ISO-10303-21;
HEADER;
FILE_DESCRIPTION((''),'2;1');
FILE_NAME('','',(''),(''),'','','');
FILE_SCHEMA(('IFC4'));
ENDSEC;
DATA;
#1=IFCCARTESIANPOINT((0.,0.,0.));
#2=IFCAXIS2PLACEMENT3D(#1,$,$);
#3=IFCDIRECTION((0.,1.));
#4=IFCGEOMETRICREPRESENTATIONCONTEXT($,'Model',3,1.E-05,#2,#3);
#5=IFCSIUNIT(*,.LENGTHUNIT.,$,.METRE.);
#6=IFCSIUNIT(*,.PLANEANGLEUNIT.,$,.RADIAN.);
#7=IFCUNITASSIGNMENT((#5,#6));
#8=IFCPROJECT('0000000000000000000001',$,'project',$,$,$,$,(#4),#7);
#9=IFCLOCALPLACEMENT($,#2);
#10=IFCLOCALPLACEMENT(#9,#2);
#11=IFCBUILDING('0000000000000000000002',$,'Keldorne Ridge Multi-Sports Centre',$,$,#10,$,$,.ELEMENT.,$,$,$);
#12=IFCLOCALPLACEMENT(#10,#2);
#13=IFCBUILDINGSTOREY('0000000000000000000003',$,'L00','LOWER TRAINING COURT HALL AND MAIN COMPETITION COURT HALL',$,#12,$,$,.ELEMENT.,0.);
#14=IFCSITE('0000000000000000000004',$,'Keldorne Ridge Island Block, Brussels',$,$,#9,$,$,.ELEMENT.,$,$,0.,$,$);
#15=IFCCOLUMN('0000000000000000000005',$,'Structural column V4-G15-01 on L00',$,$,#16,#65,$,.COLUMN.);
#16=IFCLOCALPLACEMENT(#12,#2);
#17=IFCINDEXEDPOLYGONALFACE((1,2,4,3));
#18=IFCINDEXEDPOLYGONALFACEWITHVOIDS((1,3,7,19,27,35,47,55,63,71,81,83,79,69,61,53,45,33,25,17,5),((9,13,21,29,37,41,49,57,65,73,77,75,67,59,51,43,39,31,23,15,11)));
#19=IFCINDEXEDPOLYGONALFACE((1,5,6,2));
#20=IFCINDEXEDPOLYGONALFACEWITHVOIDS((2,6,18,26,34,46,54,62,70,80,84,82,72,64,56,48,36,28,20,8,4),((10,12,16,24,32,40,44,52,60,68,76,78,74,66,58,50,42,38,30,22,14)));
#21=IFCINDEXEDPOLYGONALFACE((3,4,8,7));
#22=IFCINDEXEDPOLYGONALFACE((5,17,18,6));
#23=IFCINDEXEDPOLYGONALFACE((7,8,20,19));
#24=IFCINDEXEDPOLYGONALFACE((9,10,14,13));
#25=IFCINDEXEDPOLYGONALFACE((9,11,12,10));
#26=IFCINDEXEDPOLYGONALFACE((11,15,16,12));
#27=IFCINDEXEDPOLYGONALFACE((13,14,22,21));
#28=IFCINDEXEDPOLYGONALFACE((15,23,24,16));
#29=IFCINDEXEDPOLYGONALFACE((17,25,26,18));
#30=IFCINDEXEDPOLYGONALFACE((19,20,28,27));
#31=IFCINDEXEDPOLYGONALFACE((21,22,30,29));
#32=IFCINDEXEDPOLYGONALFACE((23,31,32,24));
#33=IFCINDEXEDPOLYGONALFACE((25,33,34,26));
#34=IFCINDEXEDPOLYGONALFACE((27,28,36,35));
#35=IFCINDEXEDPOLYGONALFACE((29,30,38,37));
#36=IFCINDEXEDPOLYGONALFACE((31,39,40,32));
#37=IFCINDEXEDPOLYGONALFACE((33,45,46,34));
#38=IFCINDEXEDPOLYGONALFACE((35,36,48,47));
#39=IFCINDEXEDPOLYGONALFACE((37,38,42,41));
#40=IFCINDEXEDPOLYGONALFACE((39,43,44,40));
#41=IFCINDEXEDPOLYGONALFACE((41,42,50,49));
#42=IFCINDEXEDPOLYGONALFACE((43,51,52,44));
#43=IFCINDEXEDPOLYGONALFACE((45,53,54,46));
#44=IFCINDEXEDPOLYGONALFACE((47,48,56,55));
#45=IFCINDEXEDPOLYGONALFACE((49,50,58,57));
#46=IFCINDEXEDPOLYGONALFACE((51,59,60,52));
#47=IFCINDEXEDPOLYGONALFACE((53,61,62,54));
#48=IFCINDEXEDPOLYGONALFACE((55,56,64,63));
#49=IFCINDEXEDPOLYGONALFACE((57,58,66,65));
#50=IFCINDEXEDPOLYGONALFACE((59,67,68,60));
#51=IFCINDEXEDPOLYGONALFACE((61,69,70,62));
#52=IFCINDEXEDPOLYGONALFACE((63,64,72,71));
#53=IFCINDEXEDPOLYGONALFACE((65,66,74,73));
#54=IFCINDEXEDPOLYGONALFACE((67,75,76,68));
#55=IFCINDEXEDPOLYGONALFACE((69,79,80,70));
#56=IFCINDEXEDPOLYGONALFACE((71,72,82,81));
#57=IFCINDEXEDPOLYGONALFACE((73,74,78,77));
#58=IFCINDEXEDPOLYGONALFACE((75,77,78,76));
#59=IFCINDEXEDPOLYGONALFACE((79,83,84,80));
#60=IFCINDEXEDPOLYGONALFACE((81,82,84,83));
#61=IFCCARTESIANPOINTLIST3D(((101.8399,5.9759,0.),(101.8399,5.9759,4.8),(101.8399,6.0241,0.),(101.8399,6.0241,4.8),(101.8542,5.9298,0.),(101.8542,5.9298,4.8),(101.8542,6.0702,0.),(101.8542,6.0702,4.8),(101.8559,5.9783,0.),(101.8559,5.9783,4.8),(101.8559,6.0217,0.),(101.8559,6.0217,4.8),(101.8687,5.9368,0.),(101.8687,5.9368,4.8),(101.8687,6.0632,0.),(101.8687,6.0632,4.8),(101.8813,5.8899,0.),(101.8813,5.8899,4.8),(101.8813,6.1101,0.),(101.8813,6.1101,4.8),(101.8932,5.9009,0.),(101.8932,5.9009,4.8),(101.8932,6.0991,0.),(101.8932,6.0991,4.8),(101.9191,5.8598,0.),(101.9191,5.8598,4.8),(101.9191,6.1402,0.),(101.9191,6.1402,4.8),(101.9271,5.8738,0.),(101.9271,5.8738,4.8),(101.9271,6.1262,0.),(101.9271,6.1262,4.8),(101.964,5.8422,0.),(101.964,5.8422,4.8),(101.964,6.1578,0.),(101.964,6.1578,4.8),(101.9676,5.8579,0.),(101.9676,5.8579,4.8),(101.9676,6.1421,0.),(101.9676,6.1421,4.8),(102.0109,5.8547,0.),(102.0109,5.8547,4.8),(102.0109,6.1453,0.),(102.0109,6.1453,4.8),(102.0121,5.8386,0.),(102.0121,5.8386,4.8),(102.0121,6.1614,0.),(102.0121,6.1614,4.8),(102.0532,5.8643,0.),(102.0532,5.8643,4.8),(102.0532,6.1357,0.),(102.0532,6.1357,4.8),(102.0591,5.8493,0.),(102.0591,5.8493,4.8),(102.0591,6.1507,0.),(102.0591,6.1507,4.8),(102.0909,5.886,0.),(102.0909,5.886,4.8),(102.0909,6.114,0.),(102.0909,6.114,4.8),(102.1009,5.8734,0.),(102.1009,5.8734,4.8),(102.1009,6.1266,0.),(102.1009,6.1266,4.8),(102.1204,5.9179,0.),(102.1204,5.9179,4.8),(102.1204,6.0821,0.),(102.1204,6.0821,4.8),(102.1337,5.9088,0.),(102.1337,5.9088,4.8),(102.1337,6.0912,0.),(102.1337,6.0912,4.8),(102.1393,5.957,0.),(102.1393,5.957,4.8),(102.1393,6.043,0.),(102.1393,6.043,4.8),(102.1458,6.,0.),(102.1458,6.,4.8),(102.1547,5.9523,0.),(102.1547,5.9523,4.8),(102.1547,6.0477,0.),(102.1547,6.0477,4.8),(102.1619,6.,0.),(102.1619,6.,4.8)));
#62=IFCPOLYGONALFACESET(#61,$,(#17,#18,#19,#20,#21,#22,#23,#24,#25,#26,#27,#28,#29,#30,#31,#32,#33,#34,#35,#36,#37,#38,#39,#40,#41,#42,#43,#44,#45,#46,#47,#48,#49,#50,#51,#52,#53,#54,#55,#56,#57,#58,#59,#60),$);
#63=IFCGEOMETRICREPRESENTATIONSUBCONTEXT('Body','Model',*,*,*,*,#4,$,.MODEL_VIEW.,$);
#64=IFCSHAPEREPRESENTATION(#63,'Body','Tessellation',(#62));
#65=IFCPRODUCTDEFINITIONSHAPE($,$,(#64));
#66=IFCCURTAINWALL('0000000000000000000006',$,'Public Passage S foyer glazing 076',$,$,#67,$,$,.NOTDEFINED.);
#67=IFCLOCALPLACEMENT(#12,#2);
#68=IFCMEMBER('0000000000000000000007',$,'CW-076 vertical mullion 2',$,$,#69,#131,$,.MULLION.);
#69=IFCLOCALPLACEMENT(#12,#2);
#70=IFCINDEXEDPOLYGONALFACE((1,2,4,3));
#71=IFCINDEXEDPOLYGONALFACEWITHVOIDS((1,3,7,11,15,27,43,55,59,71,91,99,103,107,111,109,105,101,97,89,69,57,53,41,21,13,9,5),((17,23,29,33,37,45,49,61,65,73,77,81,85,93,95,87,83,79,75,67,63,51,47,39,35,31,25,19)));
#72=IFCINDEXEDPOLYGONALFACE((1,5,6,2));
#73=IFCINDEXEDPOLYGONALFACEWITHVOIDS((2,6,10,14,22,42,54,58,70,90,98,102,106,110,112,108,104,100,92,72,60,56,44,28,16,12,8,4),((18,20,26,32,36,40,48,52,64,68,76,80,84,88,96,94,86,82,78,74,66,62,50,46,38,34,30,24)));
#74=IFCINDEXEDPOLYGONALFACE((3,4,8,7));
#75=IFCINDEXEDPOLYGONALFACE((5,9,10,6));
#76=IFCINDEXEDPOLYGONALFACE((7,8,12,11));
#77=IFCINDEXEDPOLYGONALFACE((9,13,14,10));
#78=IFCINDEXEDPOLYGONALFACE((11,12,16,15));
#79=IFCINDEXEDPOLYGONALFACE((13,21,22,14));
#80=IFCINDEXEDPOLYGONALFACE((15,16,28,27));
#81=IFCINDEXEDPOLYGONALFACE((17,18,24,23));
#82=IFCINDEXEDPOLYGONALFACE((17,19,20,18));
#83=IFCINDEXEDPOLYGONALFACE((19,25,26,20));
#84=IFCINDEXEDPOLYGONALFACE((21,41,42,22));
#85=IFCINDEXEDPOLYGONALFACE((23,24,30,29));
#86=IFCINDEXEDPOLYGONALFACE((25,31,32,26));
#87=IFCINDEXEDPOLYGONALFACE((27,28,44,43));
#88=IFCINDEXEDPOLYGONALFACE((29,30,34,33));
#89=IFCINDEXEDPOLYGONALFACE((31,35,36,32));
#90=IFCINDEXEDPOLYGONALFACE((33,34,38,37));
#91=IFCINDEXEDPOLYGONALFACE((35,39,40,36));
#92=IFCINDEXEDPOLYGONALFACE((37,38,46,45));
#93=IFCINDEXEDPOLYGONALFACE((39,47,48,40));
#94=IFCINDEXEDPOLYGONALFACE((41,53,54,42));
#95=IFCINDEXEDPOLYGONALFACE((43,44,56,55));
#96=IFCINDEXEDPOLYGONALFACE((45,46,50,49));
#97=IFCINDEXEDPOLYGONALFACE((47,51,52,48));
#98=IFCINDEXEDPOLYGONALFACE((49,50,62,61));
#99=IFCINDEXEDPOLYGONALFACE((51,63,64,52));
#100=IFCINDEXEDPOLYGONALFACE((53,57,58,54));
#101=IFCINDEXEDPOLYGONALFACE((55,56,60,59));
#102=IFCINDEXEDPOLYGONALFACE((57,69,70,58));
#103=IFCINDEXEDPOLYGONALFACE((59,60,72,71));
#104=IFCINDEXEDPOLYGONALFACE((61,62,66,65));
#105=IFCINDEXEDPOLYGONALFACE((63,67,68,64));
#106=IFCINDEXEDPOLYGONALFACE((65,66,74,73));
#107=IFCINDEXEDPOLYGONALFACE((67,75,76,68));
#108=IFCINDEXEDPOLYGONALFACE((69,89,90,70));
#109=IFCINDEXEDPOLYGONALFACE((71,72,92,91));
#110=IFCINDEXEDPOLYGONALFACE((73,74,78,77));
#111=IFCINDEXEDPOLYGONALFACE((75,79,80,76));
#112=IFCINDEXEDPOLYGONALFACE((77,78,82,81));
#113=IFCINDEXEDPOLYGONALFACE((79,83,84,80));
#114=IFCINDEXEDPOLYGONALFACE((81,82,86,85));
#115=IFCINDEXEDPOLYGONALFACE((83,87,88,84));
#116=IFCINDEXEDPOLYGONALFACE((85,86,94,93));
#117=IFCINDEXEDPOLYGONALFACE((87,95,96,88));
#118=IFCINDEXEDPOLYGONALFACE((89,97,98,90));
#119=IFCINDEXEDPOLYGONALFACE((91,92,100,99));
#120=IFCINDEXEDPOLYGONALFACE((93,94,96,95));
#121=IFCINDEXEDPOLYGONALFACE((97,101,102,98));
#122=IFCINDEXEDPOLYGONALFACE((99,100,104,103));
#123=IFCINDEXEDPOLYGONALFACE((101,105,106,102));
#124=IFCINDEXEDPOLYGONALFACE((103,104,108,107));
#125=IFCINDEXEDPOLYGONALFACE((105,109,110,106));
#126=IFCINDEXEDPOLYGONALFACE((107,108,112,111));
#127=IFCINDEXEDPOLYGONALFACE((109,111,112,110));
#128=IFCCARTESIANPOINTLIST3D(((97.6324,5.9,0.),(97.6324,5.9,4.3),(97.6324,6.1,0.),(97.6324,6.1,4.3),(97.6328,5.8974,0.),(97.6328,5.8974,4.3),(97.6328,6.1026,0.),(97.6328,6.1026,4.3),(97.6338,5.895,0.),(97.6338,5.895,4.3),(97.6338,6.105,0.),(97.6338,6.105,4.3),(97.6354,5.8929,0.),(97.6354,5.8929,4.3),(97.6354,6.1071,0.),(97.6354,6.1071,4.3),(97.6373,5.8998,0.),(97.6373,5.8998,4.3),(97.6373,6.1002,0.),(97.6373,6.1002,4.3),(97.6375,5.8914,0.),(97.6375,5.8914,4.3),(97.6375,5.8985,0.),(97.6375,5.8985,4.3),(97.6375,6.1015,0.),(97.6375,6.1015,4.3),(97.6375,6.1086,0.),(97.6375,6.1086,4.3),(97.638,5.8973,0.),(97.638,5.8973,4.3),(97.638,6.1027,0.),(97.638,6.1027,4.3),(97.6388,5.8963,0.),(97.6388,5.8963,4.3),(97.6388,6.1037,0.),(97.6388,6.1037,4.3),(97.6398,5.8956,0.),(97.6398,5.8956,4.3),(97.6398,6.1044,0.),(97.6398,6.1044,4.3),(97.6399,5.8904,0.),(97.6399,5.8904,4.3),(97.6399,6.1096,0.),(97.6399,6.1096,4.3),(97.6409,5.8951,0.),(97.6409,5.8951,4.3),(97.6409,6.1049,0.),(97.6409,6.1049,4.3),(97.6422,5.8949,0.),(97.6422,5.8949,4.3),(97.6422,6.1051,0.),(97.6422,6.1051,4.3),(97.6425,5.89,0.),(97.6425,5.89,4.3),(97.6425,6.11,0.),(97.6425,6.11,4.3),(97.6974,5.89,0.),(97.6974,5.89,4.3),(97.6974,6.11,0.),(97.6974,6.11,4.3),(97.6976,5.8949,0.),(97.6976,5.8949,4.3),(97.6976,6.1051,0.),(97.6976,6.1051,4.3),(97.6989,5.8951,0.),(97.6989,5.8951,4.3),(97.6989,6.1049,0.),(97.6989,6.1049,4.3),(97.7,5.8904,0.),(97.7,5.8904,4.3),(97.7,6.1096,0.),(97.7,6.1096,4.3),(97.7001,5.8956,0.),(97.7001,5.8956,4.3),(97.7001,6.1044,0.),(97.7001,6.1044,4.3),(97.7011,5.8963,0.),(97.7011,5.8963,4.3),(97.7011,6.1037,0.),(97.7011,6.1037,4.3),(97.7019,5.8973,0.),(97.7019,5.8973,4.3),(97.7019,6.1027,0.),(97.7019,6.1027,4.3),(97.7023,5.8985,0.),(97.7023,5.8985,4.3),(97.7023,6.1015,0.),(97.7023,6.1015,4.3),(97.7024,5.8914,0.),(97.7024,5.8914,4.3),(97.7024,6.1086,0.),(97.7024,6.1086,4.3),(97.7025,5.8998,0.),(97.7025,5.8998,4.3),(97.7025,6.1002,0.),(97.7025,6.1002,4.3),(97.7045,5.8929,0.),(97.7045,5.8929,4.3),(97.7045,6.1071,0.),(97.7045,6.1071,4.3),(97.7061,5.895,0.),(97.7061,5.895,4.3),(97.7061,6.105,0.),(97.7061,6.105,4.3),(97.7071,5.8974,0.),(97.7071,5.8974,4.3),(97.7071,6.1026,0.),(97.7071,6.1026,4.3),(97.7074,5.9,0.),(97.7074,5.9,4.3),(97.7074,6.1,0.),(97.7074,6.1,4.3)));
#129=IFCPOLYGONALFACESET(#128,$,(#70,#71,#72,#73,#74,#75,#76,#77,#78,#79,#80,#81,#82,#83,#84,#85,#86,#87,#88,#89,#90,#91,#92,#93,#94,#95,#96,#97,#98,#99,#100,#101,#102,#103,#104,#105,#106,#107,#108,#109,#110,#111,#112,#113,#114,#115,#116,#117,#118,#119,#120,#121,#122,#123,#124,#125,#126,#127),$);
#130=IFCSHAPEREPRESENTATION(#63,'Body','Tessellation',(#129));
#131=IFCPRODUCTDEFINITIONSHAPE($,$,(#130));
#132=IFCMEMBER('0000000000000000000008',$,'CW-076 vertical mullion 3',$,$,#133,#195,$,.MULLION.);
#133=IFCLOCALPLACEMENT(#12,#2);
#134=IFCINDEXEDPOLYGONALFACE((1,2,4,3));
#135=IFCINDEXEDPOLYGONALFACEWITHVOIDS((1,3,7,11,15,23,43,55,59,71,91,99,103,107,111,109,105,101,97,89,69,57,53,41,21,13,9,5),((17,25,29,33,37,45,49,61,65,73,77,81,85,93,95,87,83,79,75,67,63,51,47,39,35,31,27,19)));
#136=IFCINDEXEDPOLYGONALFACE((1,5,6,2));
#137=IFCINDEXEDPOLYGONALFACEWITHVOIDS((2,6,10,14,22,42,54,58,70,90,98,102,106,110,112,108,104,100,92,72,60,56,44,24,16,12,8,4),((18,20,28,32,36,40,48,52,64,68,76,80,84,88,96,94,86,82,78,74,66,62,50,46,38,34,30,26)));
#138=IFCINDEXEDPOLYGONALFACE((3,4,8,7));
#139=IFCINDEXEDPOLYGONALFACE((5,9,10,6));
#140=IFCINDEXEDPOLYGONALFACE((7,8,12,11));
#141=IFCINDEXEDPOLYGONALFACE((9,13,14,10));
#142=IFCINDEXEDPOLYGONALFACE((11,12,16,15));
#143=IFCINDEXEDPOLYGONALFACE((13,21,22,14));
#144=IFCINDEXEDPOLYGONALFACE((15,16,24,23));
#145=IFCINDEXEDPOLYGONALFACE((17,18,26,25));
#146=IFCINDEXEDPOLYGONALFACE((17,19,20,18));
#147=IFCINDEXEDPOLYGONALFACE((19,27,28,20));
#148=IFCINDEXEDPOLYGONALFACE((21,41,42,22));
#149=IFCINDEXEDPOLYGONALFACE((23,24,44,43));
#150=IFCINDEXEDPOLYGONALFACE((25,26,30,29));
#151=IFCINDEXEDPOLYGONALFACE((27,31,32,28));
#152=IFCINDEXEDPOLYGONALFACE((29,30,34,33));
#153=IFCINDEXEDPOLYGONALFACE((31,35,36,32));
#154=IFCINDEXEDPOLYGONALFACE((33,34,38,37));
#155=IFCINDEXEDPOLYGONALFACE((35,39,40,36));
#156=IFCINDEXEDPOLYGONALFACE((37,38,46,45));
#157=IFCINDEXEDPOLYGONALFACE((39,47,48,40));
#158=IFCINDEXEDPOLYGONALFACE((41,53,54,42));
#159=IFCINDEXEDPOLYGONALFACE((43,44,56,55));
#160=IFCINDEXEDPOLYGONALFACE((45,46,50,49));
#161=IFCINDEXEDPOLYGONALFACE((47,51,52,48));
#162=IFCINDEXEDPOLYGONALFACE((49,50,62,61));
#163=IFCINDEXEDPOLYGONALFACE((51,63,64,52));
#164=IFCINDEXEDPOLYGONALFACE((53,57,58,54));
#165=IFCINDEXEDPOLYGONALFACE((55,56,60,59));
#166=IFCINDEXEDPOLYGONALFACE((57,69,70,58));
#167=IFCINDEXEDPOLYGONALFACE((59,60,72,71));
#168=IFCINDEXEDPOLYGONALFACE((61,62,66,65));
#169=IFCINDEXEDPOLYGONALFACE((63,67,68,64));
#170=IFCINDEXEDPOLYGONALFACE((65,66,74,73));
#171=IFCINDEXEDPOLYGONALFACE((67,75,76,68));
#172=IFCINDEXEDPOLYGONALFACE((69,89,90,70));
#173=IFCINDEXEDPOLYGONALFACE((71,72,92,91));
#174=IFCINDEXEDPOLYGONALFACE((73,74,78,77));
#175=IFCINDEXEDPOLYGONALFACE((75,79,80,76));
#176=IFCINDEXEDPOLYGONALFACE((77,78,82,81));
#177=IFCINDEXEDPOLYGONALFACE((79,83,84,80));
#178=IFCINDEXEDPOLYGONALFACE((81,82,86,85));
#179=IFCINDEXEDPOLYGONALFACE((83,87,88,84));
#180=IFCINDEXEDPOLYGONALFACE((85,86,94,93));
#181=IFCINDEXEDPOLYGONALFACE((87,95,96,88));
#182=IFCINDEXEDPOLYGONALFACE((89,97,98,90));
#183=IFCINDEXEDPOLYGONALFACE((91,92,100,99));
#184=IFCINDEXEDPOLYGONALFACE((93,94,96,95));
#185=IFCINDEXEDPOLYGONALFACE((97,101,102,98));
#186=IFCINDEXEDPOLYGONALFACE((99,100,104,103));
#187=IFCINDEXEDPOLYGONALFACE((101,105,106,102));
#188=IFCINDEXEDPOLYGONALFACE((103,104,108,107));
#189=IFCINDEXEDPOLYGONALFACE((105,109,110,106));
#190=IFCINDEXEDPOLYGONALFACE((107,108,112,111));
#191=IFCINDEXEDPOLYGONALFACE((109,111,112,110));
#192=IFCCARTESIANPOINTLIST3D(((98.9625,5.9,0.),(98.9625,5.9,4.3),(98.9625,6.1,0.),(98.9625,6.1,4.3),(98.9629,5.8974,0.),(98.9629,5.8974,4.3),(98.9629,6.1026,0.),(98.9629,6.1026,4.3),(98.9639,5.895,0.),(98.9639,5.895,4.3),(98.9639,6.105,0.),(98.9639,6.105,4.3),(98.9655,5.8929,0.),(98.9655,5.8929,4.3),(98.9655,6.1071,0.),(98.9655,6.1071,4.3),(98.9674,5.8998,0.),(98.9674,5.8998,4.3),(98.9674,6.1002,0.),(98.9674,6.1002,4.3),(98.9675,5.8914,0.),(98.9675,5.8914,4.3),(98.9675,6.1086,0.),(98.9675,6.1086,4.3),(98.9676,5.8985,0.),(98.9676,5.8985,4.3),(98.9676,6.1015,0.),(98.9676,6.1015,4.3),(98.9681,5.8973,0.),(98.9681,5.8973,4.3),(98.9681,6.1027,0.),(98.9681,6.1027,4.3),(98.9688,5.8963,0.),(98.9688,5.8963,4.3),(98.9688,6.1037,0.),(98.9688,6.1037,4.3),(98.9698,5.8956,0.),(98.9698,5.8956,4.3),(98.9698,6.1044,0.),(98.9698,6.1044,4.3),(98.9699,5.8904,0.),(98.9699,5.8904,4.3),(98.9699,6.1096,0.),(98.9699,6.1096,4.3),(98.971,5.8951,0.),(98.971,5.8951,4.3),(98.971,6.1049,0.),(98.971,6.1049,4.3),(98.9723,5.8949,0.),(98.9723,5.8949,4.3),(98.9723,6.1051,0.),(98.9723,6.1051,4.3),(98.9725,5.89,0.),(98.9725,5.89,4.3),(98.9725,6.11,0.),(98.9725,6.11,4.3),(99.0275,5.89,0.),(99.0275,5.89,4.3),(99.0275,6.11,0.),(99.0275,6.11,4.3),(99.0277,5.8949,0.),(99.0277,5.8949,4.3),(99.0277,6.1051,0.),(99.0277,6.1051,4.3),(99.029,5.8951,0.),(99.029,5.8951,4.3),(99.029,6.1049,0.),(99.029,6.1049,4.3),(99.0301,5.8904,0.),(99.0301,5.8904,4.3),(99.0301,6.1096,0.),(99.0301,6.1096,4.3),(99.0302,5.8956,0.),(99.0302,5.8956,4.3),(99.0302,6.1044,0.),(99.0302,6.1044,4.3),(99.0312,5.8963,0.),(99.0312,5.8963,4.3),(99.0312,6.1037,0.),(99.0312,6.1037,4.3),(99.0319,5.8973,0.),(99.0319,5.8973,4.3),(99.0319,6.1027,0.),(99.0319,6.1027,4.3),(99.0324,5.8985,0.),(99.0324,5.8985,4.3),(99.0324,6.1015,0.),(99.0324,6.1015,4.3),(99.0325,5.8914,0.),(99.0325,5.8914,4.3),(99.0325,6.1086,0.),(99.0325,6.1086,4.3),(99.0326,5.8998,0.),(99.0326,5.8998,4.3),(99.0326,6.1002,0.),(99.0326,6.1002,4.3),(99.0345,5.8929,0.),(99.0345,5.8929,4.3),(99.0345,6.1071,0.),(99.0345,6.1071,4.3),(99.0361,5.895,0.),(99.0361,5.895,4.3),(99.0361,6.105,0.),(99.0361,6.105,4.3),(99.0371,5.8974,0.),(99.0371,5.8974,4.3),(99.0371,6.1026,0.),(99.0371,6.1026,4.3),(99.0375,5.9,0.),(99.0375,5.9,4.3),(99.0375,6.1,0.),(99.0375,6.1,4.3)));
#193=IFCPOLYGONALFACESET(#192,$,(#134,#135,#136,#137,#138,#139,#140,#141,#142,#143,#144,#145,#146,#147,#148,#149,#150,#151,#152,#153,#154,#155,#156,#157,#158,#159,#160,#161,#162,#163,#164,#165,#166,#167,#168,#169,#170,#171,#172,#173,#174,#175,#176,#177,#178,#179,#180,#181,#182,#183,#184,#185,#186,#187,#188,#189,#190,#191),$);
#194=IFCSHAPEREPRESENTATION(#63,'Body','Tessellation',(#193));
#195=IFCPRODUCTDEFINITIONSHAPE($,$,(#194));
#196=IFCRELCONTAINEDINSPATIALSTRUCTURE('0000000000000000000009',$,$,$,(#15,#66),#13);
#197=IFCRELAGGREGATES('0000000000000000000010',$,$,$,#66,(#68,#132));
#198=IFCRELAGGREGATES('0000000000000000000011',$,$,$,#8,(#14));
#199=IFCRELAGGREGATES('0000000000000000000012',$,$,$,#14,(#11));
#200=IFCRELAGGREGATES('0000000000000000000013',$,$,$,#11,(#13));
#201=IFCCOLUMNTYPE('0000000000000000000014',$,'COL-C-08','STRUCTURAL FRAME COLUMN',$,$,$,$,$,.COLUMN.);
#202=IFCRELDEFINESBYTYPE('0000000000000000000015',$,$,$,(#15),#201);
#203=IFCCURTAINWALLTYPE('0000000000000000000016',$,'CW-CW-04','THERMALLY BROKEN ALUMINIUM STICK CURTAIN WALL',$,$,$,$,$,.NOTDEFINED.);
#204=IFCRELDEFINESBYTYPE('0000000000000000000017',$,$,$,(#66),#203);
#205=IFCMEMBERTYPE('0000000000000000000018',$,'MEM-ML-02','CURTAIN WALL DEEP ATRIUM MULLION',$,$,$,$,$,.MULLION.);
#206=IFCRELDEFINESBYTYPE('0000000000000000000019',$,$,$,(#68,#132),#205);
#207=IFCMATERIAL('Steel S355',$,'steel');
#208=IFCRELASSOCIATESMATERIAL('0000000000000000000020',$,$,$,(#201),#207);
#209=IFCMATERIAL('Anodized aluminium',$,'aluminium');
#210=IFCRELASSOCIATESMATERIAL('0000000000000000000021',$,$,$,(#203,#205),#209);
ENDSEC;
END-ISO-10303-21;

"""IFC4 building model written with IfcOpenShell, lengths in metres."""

from ifc_helpers import new_model, si_unit, direction, frame, origin, origin_2d, place, context, subcontext, project, spatial, hollow_rectangle, hollow_circle, extrude, material, material_profile, profile_set, type_object, element, aggregate, save


model = new_model("IFC4")

# Units and contexts
model_context = context("Model", 3, precision=1e-05, world=origin(), true_north=direction((0.0, 1.0)))
body_context = subcontext(model_context, "Body", "Model", "MODEL_VIEW")
ifc_project = project(units=[si_unit("LENGTHUNIT", "METRE"), si_unit("PLANEANGLEUNIT", "RADIAN")], contexts=[model_context])

# Site, building, storey
site_placement = place(None, origin())
site = spatial("IfcSite", under=ifc_project, at=site_placement, Name="Keldorne Ridge Island Block, Brussels", CompositionType="ELEMENT", RefElevation=0.0)
building_placement = place(site_placement, origin())
building = spatial("IfcBuilding", under=site, at=building_placement, Name="Keldorne Ridge Multi-Sports Centre", CompositionType="ELEMENT")
storey_placement = place(building_placement, origin())
storey = spatial("IfcBuildingStorey", under=building, at=storey_placement, Name="L00", Description="LOWER TRAINING COURT HALL AND MAIN COMPETITION COURT HALL", CompositionType="ELEMENT", Elevation=0.0)

# Column
ifc_material_1 = material(Name="Steel S355", Category="steel")
ifc_material_profile_1 = material_profile(ifc_material_1, hollow_circle(Radius=0.1619, WallThickness=0.0161, at=origin_2d()), Name="CHS 323.9x16")
ifc_profile_set_1 = profile_set([ifc_material_profile_1], Name="Steel S355")
column_type_1 = type_object("IfcColumnType", Name="COL-C-08", Description="STRUCTURAL FRAME COLUMN", PredefinedType="COLUMN", material=ifc_profile_set_1)
column_1_placement = place(storey_placement, frame((102.0, 6.0, 0.0), z_axis=(0.0, 0.0, 1.0), x_axis=(1.0, 0.0, 0.0)))
element("IfcColumn", 1, at=column_1_placement, inside=storey, type_object=column_type_1, Name="Structural column V4-G15-01 on L00", PredefinedType="COLUMN", context=body_context, shape_type="SweptSolid", body=[
    extrude(hollow_circle(Radius=0.1619, WallThickness=0.0161, at=origin_2d()), origin(), (0.0, 0.0, 1.0), 4.8),
])

# Curtain wall, members
ifc_material_2 = material(Name="Anodized aluminium", Category="aluminium")
curtain_wall_type = type_object("IfcCurtainWallType", Name="CW-CW-04", Description="THERMALLY BROKEN ALUMINIUM STICK CURTAIN WALL", PredefinedType="NOTDEFINED", material=ifc_material_2)
curtain_wall_placement = place(storey_placement, origin())
curtain_wall = element("IfcCurtainWall", 2, at=curtain_wall_placement, inside=storey, type_object=curtain_wall_type, Name="Public Passage S foyer glazing 076", PredefinedType="NOTDEFINED")
ifc_material_profile_2 = material_profile(ifc_material_2, hollow_rectangle(XDim=0.075, YDim=0.22, WallThickness=0.0049, InnerFilletRadius=0.0049, OuterFilletRadius=0.01, at=origin_2d()), Name="ALU MULLION 220x75x5")
ifc_profile_set_2 = profile_set([ifc_material_profile_2], Name="Anodized aluminium")
member_type_1 = type_object("IfcMemberType", Name="MEM-ML-02", Description="CURTAIN WALL DEEP ATRIUM MULLION", PredefinedType="MULLION", material=ifc_profile_set_2)
member_1_placement = place(storey_placement, frame((97.6699, 6.0, 0.0), z_axis=(0.0, 0.0, 1.0), x_axis=(1.0, 0.0, 0.0)))
member_1 = element("IfcMember", 3, at=member_1_placement, type_object=member_type_1, Name="CW-076 vertical mullion 2", PredefinedType="MULLION", context=body_context, shape_type="SweptSolid", body=[
    extrude(hollow_rectangle(XDim=0.075, YDim=0.22, WallThickness=0.0049, InnerFilletRadius=0.0049, OuterFilletRadius=0.01, at=origin_2d()), origin(), (0.0, 0.0, 1.0), 4.3),
])
member_2_placement = place(storey_placement, frame((99.0, 6.0, 0.0), z_axis=(0.0, 0.0, 1.0), x_axis=(1.0, 0.0, 0.0)))
member_2 = element("IfcMember", 4, at=member_2_placement, type_object=member_type_1, Name="CW-076 vertical mullion 3", PredefinedType="MULLION", context=body_context, shape_type="SweptSolid", body=[
    extrude(hollow_rectangle(XDim=0.075, YDim=0.22, WallThickness=0.0049, InnerFilletRadius=0.0049, OuterFilletRadius=0.01, at=origin_2d()), origin(), (0.0, 0.0, 1.0), 4.3),
])
aggregate(curtain_wall, [member_1, member_2])

save(model, "model.ifc")
